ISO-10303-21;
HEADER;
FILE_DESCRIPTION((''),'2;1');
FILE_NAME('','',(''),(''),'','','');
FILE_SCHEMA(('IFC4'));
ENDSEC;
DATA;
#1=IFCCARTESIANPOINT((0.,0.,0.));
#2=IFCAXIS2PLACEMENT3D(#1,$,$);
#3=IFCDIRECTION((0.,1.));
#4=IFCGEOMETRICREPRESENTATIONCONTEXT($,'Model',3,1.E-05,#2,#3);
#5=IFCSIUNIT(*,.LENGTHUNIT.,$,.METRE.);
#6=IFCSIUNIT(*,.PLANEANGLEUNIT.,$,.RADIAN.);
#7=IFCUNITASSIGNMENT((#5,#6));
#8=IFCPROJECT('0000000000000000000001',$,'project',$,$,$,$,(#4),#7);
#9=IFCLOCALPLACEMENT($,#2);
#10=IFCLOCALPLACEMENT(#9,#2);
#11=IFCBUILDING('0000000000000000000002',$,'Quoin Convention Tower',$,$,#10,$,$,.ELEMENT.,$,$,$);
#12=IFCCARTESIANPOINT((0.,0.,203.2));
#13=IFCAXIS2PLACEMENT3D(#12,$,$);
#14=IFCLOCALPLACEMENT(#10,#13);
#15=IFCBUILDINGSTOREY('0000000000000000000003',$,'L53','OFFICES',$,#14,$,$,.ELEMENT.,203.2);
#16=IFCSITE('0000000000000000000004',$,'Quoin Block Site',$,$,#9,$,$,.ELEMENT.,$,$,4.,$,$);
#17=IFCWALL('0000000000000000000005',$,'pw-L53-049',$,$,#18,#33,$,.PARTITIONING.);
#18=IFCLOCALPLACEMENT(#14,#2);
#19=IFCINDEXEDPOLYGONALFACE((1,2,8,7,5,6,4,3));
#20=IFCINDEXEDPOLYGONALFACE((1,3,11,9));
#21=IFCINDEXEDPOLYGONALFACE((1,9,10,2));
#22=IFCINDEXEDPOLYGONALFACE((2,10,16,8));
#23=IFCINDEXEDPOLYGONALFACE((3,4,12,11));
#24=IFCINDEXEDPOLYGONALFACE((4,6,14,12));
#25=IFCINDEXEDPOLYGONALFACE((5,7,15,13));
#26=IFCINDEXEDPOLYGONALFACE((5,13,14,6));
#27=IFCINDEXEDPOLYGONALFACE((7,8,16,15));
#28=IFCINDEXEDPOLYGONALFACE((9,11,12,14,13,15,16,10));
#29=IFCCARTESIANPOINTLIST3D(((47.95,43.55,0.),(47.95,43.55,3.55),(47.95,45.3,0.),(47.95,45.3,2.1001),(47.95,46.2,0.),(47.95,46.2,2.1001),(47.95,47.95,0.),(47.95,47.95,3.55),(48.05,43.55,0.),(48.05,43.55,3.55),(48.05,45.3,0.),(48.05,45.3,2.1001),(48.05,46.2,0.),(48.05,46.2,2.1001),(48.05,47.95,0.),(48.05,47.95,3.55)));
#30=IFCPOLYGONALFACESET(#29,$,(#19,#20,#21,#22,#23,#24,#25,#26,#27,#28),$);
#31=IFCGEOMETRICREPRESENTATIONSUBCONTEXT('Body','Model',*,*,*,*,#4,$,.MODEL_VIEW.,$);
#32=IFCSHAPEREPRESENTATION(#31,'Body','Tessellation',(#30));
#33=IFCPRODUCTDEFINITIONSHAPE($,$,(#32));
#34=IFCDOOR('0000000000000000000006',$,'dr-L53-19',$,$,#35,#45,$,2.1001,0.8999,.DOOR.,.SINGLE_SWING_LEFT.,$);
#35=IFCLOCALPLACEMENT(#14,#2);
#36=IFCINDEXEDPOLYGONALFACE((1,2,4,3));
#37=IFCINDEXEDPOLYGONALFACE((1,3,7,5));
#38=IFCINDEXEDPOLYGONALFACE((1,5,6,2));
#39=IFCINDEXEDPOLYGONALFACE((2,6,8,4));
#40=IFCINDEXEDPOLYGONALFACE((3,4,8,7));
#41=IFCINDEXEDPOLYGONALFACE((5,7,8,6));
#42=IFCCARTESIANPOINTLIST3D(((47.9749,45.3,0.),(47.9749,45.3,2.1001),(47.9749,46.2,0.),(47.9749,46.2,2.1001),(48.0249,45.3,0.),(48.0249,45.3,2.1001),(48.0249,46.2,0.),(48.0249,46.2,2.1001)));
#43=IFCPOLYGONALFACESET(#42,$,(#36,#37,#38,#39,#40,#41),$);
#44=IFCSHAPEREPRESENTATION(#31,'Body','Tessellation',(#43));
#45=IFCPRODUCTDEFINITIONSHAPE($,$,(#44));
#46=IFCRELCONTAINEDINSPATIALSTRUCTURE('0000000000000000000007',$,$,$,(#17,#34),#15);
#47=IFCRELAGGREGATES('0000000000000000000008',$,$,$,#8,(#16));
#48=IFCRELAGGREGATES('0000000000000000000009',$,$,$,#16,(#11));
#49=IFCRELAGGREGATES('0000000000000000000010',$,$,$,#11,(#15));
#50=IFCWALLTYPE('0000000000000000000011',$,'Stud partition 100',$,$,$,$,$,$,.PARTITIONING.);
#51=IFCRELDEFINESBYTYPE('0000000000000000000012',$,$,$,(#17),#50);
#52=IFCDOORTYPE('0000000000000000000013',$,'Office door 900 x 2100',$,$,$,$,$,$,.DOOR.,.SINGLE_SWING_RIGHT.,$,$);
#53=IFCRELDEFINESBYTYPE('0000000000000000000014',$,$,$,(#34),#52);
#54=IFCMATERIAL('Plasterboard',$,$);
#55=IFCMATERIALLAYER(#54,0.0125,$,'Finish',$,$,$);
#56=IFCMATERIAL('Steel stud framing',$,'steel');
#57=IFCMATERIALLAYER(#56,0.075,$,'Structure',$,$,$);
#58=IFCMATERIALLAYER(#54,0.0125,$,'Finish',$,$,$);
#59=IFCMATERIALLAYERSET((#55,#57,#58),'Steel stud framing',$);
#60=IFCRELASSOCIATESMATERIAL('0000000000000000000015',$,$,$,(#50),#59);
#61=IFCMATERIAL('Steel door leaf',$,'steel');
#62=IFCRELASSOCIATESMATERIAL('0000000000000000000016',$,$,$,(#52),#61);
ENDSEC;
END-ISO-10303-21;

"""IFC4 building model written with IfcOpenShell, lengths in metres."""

from ifc_helpers import new_model, si_unit, direction, frame, frame_2d, origin, place, context, subcontext, project, spatial, rectangle, extrude, material, layer, layer_set, type_object, element, fill, save


model = new_model("IFC4")

# Units and contexts
model_context = context("Model", 3, precision=1e-05, world=origin(), true_north=direction((0.0, 1.0)))
body_context = subcontext(model_context, "Body", "Model", "MODEL_VIEW")
ifc_project = project(units=[si_unit("LENGTHUNIT", "METRE"), si_unit("PLANEANGLEUNIT", "RADIAN")], contexts=[model_context])

# Site, building, storey
site_placement = place(None, origin())
site = spatial("IfcSite", under=ifc_project, at=site_placement, Name="Quoin Block Site", CompositionType="ELEMENT", RefElevation=4.0)
building_placement = place(site_placement, origin())
building = spatial("IfcBuilding", under=site, at=building_placement, Name="Quoin Convention Tower", CompositionType="ELEMENT")
storey_placement = place(building_placement, frame((0.0, 0.0, 203.2)))
storey = spatial("IfcBuildingStorey", under=building, at=storey_placement, Name="L53", Description="OFFICES", CompositionType="ELEMENT", Elevation=203.2)

# Shared definitions
ifc_material_1 = material(Name="Plasterboard")
ifc_material_2 = material(Name="Steel stud framing", Category="steel")
ifc_material_3 = material(Name="Steel door leaf", Category="steel")

# Shared definitions
ifc_layer_1 = layer(ifc_material_1, 0.0125, Name="Finish")
ifc_layer_2 = layer(ifc_material_2, 0.075, Name="Structure")
ifc_layer_3 = layer(ifc_material_1, 0.0125, Name="Finish")
ifc_layer_set_1 = layer_set([ifc_layer_1, ifc_layer_2, ifc_layer_3], Name="Steel stud framing")
wall_type_1 = type_object("IfcWallType", Name="Stud partition 100", PredefinedType="PARTITIONING", material=ifc_layer_set_1)

# Wall, opening, door
wall_1_placement = place(storey_placement, frame((48.0, 43.55, 0.0), z_axis=(0.0, 0.0, 1.0), x_axis=(0.0, 1.0, 0.0)))
wall_1 = element("IfcWall", 1, at=wall_1_placement, inside=storey, type_object=wall_type_1, Name="pw-L53-049", PredefinedType="PARTITIONING", context=body_context, shape_type="SweptSolid", body=[
    extrude(rectangle(XDim=4.3999, YDim=0.1001, at=frame_2d((2.2, 0.0))), origin(), (0.0, 0.0, 1.0), 3.55),
])
opening_1_placement = place(wall_1_placement, frame((1.75, 0.0, 0.0)))
opening_1 = element("IfcOpeningElement", 2, at=opening_1_placement, cuts=wall_1, PredefinedType="OPENING", context=body_context, shape_type="SweptSolid", body=[
    extrude(rectangle(XDim=0.8999, YDim=2.1001, at=frame_2d((0.45, 1.05))), frame((0.0, 0.0601, 0.0), z_axis=(0.0, -1.0, 0.0), x_axis=(1.0, 0.0, 0.0)), (0.0, 0.0, 1.0), 0.1201),
])
door_type_1 = type_object("IfcDoorType", Name="Office door 900 x 2100", OperationType="SINGLE_SWING_RIGHT", PredefinedType="DOOR", material=ifc_material_3)
door_1_placement = place(opening_1_placement, frame((0.8999, 0.0, 0.0), z_axis=(0.0, 0.0, 1.0), x_axis=(-1.0, 0.0, 0.0)))
door_1 = element("IfcDoor", 3, at=door_1_placement, inside=storey, type_object=door_type_1, Name="dr-L53-19", OperationType="SINGLE_SWING_LEFT", OverallHeight=2.1001, OverallWidth=0.8999, PredefinedType="DOOR", context=body_context, shape_type="SweptSolid", body=[
    extrude(rectangle(XDim=0.8999, YDim=2.1001, at=frame_2d((0.45, 1.05))), frame((0.0, 0.0249, 0.0), z_axis=(0.0, -1.0, 0.0), x_axis=(1.0, 0.0, 0.0)), (0.0, 0.0, 1.0), 0.05),
])
fill(opening_1, door_1)

save(model, "model.ifc")
